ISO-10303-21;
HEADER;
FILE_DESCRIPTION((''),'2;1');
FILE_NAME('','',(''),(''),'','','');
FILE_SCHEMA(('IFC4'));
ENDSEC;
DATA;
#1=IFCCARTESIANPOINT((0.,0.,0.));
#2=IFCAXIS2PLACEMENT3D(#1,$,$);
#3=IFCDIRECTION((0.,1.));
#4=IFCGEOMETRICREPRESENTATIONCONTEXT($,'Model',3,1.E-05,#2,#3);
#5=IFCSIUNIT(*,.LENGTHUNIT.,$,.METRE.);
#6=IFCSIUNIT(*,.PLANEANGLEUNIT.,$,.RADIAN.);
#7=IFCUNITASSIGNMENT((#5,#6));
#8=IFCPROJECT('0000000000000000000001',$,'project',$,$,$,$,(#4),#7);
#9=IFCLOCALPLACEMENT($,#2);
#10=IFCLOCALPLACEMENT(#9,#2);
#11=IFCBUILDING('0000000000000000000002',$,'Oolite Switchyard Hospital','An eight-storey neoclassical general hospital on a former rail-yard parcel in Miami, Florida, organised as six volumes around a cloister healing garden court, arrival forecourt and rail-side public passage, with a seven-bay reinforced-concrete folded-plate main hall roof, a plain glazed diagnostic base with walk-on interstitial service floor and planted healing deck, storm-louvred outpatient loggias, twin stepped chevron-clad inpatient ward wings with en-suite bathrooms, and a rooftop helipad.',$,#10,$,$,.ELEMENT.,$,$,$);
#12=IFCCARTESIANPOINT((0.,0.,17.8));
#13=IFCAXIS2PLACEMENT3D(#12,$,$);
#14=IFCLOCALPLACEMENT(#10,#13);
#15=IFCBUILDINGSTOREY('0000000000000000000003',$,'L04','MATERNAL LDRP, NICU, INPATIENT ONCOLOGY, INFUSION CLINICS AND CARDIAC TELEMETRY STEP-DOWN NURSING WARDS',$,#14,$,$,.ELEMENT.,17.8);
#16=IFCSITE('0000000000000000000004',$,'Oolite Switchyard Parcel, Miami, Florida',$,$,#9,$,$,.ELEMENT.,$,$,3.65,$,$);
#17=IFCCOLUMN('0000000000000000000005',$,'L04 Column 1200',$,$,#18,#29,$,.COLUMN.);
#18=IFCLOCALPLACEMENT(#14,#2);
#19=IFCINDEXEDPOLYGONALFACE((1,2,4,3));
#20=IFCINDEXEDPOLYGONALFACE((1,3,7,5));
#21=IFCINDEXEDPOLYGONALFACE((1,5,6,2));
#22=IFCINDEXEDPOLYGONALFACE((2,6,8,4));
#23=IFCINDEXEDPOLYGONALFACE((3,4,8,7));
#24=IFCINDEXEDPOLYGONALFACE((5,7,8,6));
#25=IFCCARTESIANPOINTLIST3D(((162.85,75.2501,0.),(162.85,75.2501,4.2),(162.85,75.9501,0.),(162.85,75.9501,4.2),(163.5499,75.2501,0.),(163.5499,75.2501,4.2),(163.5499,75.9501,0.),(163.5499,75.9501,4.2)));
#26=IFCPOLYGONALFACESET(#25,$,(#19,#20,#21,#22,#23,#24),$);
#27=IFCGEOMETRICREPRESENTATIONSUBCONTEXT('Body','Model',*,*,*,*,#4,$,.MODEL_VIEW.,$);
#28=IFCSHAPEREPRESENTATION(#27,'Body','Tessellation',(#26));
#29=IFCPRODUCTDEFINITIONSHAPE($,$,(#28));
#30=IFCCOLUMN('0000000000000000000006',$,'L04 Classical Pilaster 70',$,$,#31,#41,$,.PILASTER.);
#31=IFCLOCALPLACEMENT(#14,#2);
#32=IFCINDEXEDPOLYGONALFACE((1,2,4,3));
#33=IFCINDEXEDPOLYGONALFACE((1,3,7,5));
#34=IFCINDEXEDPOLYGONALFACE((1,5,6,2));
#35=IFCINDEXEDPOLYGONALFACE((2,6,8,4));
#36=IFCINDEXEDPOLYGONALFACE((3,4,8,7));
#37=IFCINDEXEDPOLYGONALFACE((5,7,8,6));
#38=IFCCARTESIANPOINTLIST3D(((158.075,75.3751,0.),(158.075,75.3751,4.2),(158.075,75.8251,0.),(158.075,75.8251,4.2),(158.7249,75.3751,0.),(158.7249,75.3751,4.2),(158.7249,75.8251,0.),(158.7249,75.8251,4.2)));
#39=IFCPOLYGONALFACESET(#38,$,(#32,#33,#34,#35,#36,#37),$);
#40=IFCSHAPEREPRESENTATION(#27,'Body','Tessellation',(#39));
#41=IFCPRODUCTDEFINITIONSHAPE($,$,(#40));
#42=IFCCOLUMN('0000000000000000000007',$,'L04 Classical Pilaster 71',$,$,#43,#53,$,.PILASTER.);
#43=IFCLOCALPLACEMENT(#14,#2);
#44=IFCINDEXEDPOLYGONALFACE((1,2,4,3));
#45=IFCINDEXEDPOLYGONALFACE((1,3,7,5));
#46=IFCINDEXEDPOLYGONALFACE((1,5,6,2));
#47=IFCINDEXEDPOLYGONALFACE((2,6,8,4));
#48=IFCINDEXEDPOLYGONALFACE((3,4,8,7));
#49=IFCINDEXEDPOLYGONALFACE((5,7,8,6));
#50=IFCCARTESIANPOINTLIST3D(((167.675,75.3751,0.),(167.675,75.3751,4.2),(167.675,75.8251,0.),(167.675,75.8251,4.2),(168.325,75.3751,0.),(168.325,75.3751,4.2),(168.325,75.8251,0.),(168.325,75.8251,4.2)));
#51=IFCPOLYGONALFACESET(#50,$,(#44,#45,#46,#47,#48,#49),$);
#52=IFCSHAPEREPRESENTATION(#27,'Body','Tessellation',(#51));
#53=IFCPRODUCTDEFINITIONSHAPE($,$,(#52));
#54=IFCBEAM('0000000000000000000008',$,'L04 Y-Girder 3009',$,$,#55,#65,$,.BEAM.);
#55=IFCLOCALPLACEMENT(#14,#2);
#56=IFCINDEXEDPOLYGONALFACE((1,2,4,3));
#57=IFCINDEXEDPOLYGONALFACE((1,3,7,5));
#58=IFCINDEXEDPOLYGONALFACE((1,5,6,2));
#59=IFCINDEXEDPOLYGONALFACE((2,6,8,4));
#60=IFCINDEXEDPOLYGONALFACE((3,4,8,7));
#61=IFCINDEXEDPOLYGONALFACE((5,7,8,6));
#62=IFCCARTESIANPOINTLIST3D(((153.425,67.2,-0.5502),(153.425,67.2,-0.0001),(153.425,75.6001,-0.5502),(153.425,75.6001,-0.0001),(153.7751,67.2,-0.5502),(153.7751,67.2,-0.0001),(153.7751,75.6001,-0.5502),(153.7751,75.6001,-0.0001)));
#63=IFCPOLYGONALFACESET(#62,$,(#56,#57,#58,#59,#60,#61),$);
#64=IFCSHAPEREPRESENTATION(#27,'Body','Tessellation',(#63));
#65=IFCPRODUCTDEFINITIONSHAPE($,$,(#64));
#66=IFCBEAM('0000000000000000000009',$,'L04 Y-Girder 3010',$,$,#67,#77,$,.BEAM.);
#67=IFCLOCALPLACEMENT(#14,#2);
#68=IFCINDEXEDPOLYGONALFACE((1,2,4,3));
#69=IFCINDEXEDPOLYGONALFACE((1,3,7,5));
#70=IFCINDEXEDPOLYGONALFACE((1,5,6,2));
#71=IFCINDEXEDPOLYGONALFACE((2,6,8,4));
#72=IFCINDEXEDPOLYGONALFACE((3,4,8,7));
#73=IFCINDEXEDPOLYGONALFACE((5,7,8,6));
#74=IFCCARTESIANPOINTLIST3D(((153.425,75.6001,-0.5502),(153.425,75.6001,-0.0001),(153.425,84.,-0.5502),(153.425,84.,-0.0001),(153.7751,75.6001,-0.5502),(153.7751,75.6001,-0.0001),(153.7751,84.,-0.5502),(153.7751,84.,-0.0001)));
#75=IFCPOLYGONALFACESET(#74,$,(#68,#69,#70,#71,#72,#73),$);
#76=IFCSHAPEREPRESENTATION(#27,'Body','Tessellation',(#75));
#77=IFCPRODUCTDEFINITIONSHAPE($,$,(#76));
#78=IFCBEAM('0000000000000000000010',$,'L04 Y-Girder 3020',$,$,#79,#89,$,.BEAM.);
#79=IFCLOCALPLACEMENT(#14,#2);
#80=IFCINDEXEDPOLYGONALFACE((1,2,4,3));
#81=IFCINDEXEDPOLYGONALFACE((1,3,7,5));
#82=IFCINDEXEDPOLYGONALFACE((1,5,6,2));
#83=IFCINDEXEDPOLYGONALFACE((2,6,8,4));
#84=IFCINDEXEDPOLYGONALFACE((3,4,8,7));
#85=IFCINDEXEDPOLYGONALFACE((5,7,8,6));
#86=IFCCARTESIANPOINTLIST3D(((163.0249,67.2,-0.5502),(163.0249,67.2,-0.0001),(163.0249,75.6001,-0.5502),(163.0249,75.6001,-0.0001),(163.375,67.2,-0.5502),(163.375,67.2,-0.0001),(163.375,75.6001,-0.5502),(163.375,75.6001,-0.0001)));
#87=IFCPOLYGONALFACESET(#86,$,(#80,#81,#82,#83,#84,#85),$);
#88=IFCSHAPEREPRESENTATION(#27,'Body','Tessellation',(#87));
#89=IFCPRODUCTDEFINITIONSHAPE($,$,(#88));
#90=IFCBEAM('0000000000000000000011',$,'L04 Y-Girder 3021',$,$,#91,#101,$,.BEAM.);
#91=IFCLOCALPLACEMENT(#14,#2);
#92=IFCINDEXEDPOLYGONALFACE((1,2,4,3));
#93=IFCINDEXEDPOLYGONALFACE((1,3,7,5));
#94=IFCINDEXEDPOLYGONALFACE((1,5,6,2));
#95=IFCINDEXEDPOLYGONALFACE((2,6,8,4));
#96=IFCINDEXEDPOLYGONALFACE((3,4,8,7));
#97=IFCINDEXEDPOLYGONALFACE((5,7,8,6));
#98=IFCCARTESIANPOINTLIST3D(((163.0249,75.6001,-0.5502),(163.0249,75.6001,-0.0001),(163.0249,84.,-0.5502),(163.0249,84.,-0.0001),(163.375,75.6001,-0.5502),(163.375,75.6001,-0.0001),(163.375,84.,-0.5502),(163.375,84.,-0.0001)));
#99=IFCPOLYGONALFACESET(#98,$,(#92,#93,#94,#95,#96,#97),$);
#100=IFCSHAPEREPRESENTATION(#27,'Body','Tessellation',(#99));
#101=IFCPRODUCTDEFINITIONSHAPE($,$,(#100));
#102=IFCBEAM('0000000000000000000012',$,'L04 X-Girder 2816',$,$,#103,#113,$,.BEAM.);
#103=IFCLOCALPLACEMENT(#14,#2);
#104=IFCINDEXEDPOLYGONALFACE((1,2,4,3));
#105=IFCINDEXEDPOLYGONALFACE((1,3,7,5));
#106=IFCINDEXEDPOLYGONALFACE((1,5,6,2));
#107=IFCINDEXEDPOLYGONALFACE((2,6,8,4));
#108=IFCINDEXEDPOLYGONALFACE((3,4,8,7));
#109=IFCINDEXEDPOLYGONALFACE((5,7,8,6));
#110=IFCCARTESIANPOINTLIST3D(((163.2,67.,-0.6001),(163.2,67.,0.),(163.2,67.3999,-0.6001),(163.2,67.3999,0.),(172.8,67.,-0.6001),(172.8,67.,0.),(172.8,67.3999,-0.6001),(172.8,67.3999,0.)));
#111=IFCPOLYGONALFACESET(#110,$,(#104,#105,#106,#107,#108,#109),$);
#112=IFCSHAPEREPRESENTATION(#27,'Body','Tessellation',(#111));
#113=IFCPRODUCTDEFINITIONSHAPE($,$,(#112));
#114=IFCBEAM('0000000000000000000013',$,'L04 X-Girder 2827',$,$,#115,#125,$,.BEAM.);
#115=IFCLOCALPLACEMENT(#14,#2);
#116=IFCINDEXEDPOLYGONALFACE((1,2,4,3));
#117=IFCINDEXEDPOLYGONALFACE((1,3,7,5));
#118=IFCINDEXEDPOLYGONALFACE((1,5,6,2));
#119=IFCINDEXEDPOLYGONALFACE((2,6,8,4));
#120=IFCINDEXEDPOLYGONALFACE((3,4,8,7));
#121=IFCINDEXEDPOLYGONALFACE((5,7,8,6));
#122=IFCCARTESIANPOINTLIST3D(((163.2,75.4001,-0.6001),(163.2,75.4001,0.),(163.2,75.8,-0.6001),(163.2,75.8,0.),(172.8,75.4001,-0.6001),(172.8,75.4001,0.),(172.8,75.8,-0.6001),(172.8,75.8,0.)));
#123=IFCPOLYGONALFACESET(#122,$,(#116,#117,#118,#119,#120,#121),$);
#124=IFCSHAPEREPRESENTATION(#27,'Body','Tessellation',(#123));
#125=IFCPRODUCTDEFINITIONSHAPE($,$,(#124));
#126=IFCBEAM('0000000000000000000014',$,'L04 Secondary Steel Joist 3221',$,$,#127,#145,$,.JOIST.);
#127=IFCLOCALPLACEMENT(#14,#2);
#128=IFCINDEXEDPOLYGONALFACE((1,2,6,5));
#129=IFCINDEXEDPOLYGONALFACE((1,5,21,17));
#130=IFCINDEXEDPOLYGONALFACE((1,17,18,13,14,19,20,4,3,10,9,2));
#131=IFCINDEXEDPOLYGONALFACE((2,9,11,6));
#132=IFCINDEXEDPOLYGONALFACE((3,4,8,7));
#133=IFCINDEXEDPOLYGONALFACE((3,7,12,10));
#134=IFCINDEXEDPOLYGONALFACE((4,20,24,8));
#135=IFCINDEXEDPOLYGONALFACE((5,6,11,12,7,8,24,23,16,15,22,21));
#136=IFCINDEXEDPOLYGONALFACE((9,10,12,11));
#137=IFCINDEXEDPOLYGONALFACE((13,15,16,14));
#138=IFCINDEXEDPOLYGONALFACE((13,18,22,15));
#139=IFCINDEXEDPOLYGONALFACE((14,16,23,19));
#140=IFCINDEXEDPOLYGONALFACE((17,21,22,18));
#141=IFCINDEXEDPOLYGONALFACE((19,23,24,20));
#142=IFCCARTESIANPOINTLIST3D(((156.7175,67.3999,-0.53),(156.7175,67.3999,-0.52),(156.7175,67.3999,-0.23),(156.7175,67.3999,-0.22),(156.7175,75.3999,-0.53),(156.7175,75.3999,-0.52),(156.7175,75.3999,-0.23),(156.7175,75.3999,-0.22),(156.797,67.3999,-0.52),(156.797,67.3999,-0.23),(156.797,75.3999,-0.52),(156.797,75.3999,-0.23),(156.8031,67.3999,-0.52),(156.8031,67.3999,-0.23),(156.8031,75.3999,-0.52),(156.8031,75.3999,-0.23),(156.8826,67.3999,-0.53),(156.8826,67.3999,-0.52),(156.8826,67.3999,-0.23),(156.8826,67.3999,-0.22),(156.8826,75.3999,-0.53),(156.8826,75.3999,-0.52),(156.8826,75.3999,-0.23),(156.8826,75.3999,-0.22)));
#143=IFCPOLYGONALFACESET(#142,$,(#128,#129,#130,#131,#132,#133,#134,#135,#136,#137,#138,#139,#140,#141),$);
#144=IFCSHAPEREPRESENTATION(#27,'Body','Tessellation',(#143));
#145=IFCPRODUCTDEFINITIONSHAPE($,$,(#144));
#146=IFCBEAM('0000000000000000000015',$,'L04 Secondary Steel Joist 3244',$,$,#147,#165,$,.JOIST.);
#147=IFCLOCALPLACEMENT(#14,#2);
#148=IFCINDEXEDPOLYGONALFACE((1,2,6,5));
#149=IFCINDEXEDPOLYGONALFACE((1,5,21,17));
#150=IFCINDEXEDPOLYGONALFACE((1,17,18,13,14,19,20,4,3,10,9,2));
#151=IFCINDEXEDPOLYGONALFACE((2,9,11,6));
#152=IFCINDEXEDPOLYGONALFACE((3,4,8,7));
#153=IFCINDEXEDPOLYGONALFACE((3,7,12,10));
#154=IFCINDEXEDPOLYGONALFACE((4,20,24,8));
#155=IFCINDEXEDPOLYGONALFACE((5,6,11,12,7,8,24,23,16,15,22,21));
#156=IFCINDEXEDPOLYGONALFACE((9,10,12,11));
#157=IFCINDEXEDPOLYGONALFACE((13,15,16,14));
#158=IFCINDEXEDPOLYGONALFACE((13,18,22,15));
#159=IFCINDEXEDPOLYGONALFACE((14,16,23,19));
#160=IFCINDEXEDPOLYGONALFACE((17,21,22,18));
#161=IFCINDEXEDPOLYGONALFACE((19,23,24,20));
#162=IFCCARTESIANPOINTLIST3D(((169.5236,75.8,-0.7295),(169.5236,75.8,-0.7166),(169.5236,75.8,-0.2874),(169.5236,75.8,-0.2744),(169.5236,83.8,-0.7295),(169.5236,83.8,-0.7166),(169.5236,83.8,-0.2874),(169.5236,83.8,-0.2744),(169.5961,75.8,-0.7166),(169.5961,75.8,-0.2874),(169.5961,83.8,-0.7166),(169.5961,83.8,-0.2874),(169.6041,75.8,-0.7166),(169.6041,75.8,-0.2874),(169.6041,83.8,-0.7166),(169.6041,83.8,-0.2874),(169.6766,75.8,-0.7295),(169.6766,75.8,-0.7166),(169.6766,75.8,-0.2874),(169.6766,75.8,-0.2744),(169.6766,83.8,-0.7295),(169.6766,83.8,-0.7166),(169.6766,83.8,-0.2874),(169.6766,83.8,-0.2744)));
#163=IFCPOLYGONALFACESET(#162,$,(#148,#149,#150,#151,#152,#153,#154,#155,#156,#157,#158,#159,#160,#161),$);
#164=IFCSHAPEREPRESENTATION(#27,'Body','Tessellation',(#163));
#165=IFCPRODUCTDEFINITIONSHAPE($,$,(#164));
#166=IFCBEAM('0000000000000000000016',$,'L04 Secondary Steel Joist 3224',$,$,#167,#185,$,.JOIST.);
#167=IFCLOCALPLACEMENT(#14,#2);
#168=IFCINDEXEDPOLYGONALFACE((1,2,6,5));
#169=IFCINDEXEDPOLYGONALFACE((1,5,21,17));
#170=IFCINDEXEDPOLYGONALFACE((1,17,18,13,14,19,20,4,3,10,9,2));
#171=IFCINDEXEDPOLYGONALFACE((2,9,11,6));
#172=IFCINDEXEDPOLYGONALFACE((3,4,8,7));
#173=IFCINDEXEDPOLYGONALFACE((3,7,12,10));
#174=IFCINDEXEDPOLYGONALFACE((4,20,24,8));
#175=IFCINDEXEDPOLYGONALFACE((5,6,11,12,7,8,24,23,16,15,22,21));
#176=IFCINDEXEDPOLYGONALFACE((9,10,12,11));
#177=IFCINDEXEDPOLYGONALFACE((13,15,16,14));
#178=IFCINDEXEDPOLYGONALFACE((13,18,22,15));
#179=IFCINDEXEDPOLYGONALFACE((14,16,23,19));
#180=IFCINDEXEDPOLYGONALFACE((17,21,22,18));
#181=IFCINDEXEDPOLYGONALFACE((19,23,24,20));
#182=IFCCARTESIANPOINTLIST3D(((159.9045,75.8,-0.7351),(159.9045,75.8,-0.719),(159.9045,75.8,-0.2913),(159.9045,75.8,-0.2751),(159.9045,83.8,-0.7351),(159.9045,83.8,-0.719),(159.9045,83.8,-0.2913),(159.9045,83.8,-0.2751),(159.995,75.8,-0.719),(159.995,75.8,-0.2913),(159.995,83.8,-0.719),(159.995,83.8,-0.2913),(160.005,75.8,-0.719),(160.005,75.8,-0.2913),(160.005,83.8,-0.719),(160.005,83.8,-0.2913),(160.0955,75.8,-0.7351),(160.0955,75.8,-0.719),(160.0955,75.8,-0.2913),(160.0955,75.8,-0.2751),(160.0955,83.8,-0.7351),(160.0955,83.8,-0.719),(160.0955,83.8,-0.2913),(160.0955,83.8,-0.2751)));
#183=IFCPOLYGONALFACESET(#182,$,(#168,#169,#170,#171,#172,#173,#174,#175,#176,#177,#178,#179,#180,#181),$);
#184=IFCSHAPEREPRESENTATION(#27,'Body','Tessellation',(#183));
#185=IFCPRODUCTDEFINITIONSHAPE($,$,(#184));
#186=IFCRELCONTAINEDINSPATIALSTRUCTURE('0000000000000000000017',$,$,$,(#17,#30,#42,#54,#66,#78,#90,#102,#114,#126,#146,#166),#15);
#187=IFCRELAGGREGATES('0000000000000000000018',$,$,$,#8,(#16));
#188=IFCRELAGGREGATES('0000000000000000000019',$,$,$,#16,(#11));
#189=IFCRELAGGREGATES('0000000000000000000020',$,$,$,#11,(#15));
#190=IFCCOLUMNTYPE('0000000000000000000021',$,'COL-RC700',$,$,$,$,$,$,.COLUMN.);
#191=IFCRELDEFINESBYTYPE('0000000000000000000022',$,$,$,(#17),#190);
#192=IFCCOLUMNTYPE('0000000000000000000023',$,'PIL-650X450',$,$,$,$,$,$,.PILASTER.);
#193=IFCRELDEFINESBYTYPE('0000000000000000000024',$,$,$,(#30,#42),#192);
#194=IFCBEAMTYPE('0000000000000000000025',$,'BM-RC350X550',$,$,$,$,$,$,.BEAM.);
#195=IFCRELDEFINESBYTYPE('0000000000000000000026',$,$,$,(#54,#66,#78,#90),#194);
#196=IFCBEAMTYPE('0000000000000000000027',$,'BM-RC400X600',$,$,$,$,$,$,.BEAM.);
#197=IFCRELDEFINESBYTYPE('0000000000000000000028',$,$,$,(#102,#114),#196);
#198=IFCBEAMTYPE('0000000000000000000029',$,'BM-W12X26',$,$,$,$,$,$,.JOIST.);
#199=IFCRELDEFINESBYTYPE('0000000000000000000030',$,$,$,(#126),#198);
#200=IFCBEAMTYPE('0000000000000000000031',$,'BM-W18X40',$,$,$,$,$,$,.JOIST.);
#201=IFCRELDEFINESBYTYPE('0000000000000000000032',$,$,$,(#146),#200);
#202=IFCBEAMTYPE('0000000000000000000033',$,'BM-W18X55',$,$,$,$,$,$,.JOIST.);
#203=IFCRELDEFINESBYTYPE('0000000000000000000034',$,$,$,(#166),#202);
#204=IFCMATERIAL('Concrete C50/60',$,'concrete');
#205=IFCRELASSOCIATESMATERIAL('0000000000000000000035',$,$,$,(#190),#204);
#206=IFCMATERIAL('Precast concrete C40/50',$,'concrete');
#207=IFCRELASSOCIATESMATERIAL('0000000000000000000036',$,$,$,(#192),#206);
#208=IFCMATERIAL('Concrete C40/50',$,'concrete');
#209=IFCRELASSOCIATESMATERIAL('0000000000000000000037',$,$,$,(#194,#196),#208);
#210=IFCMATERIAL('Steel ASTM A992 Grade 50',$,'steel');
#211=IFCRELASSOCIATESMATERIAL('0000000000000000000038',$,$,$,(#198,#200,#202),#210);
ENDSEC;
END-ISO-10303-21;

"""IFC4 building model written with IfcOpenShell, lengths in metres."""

from ifc_helpers import new_model, si_unit, direction, frame, origin, origin_2d, place, context, subcontext, project, spatial, rectangle, i_section, extrude, material, material_profile, profile_set, type_object, element, save


model = new_model("IFC4")

# Units and contexts
model_context = context("Model", 3, precision=1e-05, world=origin(), true_north=direction((0.0, 1.0)))
body_context = subcontext(model_context, "Body", "Model", "MODEL_VIEW")
ifc_project = project(units=[si_unit("LENGTHUNIT", "METRE"), si_unit("PLANEANGLEUNIT", "RADIAN")], contexts=[model_context])

# Site, building, storey
site_placement = place(None, origin())
site = spatial("IfcSite", under=ifc_project, at=site_placement, Name="Oolite Switchyard Parcel, Miami, Florida", CompositionType="ELEMENT", RefElevation=3.65)
building_placement = place(site_placement, origin())
building = spatial("IfcBuilding", under=site, at=building_placement, Name="Oolite Switchyard Hospital", Description="An eight-storey neoclassical general hospital on a former rail-yard parcel in Miami, Florida, organised as six volumes around a cloister healing garden court, arrival forecourt and rail-side public passage, with a seven-bay reinforced-concrete folded-plate main hall roof, a plain glazed diagnostic base with walk-on interstitial service floor and planted healing deck, storm-louvred outpatient loggias, twin stepped chevron-clad inpatient ward wings with en-suite bathrooms, and a rooftop helipad.", CompositionType="ELEMENT")
storey_placement = place(building_placement, frame((0.0, 0.0, 17.8)))
storey = spatial("IfcBuildingStorey", under=building, at=storey_placement, Name="L04", Description="MATERNAL LDRP, NICU, INPATIENT ONCOLOGY, INFUSION CLINICS AND CARDIAC TELEMETRY STEP-DOWN NURSING WARDS", CompositionType="ELEMENT", Elevation=17.8)

# Columns
ifc_material_1 = material(Name="Concrete C50/60", Category="concrete")
ifc_material_profile_1 = material_profile(ifc_material_1, rectangle(XDim=0.7, YDim=0.7, at=origin_2d()), Name="RC700X700")
ifc_profile_set_1 = profile_set([ifc_material_profile_1], Name="Concrete C50/60")
column_type_1 = type_object("IfcColumnType", Name="COL-RC700", PredefinedType="COLUMN", material=ifc_profile_set_1)
column_placement = place(storey_placement, frame((163.2, 75.6001, 0.0), z_axis=(0.0, 0.0, 1.0), x_axis=(1.0, 0.0, 0.0)))
element("IfcColumn", 1, at=column_placement, inside=storey, type_object=column_type_1, Name="L04 Column 1200", PredefinedType="COLUMN", context=body_context, shape_type="SweptSolid", body=[
    extrude(rectangle(XDim=0.7, YDim=0.7, at=origin_2d()), origin(), (0.0, 0.0, 1.0), 4.2),
])
ifc_material_2 = material(Name="Precast concrete C40/50", Category="concrete")
ifc_material_profile_2 = material_profile(ifc_material_2, rectangle(XDim=0.6499, YDim=0.45, at=origin_2d()), Name="PIL650X450")
ifc_profile_set_2 = profile_set([ifc_material_profile_2], Name="Precast concrete C40/50")
column_type_2 = type_object("IfcColumnType", Name="PIL-650X450", PredefinedType="PILASTER", material=ifc_profile_set_2)
for number, where, z_axis, x_axis, name in (
    (2, (158.3999, 75.6001, 0.0), (0.0, 0.0, 1.0), (1.0, 0.0, 0.0), "L04 Classical Pilaster 70"),
    (3, (168.0, 75.6001, 0.0), (0.0, 0.0, 1.0), (1.0, 0.0, 0.0), "L04 Classical Pilaster 71"),
):
    element("IfcColumn", number, at=place(storey_placement, frame(where, z_axis=z_axis, x_axis=x_axis)), inside=storey, type_object=column_type_2, Name=name, PredefinedType="PILASTER", context=body_context, shape_type="SweptSolid", body=[
        extrude(rectangle(XDim=0.6499, YDim=0.45, at=origin_2d()), origin(), (0.0, 0.0, 1.0), 4.2),
    ])

# Beams
ifc_material_3 = material(Name="Concrete C40/50", Category="concrete")
ifc_material_profile_3 = material_profile(ifc_material_3, rectangle(XDim=0.3501, YDim=0.55, at=origin_2d()), Name="RCB350X550")
ifc_profile_set_3 = profile_set([ifc_material_profile_3], Name="Concrete C40/50")
beam_type_1 = type_object("IfcBeamType", Name="BM-RC350X550", PredefinedType="BEAM", material=ifc_profile_set_3)
beam_1_placement = place(storey_placement, frame((153.6001, 67.2, -0.2751), z_axis=(0.0, 1.0, 0.0), x_axis=(-1.0, 0.0, 0.0)))
element("IfcBeam", 4, at=beam_1_placement, inside=storey, type_object=beam_type_1, Name="L04 Y-Girder 3009", PredefinedType="BEAM", context=body_context, shape_type="SweptSolid", body=[
    extrude(rectangle(XDim=0.3501, YDim=0.55, at=origin_2d()), origin(), (0.0, 0.0, 1.0), 8.4001),
])
beam_2_placement = place(storey_placement, frame((153.6001, 75.6001, -0.2751), z_axis=(0.0, 1.0, 0.0), x_axis=(-1.0, 0.0, 0.0)))
element("IfcBeam", 5, at=beam_2_placement, inside=storey, type_object=beam_type_1, Name="L04 Y-Girder 3010", PredefinedType="BEAM", context=body_context, shape_type="SweptSolid", body=[
    extrude(rectangle(XDim=0.3501, YDim=0.55, at=origin_2d()), origin(), (0.0, 0.0, 1.0), 8.3999),
])
beam_3_placement = place(storey_placement, frame((163.2, 67.2, -0.2751), z_axis=(0.0, 1.0, 0.0), x_axis=(-1.0, 0.0, 0.0)))
element("IfcBeam", 6, at=beam_3_placement, inside=storey, type_object=beam_type_1, Name="L04 Y-Girder 3020", PredefinedType="BEAM", context=body_context, shape_type="SweptSolid", body=[
    extrude(rectangle(XDim=0.3501, YDim=0.55, at=origin_2d()), origin(), (0.0, 0.0, 1.0), 8.4001),
])
beam_4_placement = place(storey_placement, frame((163.2, 75.6001, -0.2751), z_axis=(0.0, 1.0, 0.0), x_axis=(-1.0, 0.0, 0.0)))
element("IfcBeam", 7, at=beam_4_placement, inside=storey, type_object=beam_type_1, Name="L04 Y-Girder 3021", PredefinedType="BEAM", context=body_context, shape_type="SweptSolid", body=[
    extrude(rectangle(XDim=0.3501, YDim=0.55, at=origin_2d()), origin(), (0.0, 0.0, 1.0), 8.3999),
])
ifc_material_profile_4 = material_profile(ifc_material_3, rectangle(XDim=0.3999, YDim=0.6001, at=origin_2d()), Name="RCB400X600")
ifc_profile_set_4 = profile_set([ifc_material_profile_4], Name="Concrete C40/50")
beam_type_2 = type_object("IfcBeamType", Name="BM-RC400X600", PredefinedType="BEAM", material=ifc_profile_set_4)
for number, where, z_axis, x_axis, name in (
    (8, (163.2, 67.2, -0.3), (1.0, 0.0, 0.0), (0.0, 1.0, 0.0), "L04 X-Girder 2816"),
    (9, (163.2, 75.6001, -0.3), (1.0, 0.0, 0.0), (0.0, 1.0, 0.0), "L04 X-Girder 2827"),
):
    element("IfcBeam", number, at=place(storey_placement, frame(where, z_axis=z_axis, x_axis=x_axis)), inside=storey, type_object=beam_type_2, Name=name, PredefinedType="BEAM", context=body_context, shape_type="SweptSolid", body=[
        extrude(rectangle(XDim=0.3999, YDim=0.6001, at=origin_2d()), origin(), (0.0, 0.0, 1.0), 9.6001),
    ])
ifc_material_4 = material(Name="Steel ASTM A992 Grade 50", Category="steel")
ifc_material_profile_5 = material_profile(ifc_material_4, i_section(OverallWidth=0.165, OverallDepth=0.3101, WebThickness=0.0061, FlangeThickness=0.01, at=origin_2d()), Name="W12X26")
ifc_profile_set_5 = profile_set([ifc_material_profile_5], Name="Steel ASTM A992 Grade 50")
beam_type_3 = type_object("IfcBeamType", Name="BM-W12X26", PredefinedType="JOIST", material=ifc_profile_set_5)
beam_5_placement = place(storey_placement, frame((156.8, 67.3999, -0.375), z_axis=(0.0, 1.0, 0.0), x_axis=(-1.0, 0.0, 0.0)))
element("IfcBeam", 10, at=beam_5_placement, inside=storey, type_object=beam_type_3, Name="L04 Secondary Steel Joist 3221", PredefinedType="JOIST", context=body_context, shape_type="SweptSolid", body=[
    extrude(i_section(OverallWidth=0.165, OverallDepth=0.3101, WebThickness=0.0061, FlangeThickness=0.01, at=origin_2d()), origin(), (0.0, 0.0, 1.0), 8.0),
])
ifc_material_profile_6 = material_profile(ifc_material_4, i_section(OverallWidth=0.1531, OverallDepth=0.4551, WebThickness=0.0081, FlangeThickness=0.0129, at=origin_2d()), Name="W18X40")
ifc_profile_set_6 = profile_set([ifc_material_profile_6], Name="Steel ASTM A992 Grade 50")
beam_type_4 = type_object("IfcBeamType", Name="BM-W18X40", PredefinedType="JOIST", material=ifc_profile_set_6)
beam_6_placement = place(storey_placement, frame((169.6001, 75.8, -0.502), z_axis=(0.0, 1.0, 0.0), x_axis=(-1.0, 0.0, 0.0)))
element("IfcBeam", 11, at=beam_6_placement, inside=storey, type_object=beam_type_4, Name="L04 Secondary Steel Joist 3244", PredefinedType="JOIST", context=body_context, shape_type="SweptSolid", body=[
    extrude(i_section(OverallWidth=0.1531, OverallDepth=0.4551, WebThickness=0.0081, FlangeThickness=0.0129, at=origin_2d()), origin(), (0.0, 0.0, 1.0), 8.0),
])
ifc_material_profile_7 = material_profile(ifc_material_4, i_section(OverallWidth=0.1909, OverallDepth=0.46, WebThickness=0.01, FlangeThickness=0.0161, at=origin_2d()), Name="W18X55")
ifc_profile_set_7 = profile_set([ifc_material_profile_7], Name="Steel ASTM A992 Grade 50")
beam_type_5 = type_object("IfcBeamType", Name="BM-W18X55", PredefinedType="JOIST", material=ifc_profile_set_7)
for number, where, z_axis, x_axis, name in (
    (12, (160.0, 75.8, -0.5051), (0.0, 1.0, 0.0), (-1.0, 0.0, 0.0), "L04 Secondary Steel Joist 3224"),
):
    element("IfcBeam", number, at=place(storey_placement, frame(where, z_axis=z_axis, x_axis=x_axis)), inside=storey, type_object=beam_type_5, Name=name, PredefinedType="JOIST", context=body_context, shape_type="SweptSolid", body=[
        extrude(i_section(OverallWidth=0.1909, OverallDepth=0.46, WebThickness=0.01, FlangeThickness=0.0161, at=origin_2d()), origin(), (0.0, 0.0, 1.0), 8.0),
    ])

save(model, "model.ifc")
